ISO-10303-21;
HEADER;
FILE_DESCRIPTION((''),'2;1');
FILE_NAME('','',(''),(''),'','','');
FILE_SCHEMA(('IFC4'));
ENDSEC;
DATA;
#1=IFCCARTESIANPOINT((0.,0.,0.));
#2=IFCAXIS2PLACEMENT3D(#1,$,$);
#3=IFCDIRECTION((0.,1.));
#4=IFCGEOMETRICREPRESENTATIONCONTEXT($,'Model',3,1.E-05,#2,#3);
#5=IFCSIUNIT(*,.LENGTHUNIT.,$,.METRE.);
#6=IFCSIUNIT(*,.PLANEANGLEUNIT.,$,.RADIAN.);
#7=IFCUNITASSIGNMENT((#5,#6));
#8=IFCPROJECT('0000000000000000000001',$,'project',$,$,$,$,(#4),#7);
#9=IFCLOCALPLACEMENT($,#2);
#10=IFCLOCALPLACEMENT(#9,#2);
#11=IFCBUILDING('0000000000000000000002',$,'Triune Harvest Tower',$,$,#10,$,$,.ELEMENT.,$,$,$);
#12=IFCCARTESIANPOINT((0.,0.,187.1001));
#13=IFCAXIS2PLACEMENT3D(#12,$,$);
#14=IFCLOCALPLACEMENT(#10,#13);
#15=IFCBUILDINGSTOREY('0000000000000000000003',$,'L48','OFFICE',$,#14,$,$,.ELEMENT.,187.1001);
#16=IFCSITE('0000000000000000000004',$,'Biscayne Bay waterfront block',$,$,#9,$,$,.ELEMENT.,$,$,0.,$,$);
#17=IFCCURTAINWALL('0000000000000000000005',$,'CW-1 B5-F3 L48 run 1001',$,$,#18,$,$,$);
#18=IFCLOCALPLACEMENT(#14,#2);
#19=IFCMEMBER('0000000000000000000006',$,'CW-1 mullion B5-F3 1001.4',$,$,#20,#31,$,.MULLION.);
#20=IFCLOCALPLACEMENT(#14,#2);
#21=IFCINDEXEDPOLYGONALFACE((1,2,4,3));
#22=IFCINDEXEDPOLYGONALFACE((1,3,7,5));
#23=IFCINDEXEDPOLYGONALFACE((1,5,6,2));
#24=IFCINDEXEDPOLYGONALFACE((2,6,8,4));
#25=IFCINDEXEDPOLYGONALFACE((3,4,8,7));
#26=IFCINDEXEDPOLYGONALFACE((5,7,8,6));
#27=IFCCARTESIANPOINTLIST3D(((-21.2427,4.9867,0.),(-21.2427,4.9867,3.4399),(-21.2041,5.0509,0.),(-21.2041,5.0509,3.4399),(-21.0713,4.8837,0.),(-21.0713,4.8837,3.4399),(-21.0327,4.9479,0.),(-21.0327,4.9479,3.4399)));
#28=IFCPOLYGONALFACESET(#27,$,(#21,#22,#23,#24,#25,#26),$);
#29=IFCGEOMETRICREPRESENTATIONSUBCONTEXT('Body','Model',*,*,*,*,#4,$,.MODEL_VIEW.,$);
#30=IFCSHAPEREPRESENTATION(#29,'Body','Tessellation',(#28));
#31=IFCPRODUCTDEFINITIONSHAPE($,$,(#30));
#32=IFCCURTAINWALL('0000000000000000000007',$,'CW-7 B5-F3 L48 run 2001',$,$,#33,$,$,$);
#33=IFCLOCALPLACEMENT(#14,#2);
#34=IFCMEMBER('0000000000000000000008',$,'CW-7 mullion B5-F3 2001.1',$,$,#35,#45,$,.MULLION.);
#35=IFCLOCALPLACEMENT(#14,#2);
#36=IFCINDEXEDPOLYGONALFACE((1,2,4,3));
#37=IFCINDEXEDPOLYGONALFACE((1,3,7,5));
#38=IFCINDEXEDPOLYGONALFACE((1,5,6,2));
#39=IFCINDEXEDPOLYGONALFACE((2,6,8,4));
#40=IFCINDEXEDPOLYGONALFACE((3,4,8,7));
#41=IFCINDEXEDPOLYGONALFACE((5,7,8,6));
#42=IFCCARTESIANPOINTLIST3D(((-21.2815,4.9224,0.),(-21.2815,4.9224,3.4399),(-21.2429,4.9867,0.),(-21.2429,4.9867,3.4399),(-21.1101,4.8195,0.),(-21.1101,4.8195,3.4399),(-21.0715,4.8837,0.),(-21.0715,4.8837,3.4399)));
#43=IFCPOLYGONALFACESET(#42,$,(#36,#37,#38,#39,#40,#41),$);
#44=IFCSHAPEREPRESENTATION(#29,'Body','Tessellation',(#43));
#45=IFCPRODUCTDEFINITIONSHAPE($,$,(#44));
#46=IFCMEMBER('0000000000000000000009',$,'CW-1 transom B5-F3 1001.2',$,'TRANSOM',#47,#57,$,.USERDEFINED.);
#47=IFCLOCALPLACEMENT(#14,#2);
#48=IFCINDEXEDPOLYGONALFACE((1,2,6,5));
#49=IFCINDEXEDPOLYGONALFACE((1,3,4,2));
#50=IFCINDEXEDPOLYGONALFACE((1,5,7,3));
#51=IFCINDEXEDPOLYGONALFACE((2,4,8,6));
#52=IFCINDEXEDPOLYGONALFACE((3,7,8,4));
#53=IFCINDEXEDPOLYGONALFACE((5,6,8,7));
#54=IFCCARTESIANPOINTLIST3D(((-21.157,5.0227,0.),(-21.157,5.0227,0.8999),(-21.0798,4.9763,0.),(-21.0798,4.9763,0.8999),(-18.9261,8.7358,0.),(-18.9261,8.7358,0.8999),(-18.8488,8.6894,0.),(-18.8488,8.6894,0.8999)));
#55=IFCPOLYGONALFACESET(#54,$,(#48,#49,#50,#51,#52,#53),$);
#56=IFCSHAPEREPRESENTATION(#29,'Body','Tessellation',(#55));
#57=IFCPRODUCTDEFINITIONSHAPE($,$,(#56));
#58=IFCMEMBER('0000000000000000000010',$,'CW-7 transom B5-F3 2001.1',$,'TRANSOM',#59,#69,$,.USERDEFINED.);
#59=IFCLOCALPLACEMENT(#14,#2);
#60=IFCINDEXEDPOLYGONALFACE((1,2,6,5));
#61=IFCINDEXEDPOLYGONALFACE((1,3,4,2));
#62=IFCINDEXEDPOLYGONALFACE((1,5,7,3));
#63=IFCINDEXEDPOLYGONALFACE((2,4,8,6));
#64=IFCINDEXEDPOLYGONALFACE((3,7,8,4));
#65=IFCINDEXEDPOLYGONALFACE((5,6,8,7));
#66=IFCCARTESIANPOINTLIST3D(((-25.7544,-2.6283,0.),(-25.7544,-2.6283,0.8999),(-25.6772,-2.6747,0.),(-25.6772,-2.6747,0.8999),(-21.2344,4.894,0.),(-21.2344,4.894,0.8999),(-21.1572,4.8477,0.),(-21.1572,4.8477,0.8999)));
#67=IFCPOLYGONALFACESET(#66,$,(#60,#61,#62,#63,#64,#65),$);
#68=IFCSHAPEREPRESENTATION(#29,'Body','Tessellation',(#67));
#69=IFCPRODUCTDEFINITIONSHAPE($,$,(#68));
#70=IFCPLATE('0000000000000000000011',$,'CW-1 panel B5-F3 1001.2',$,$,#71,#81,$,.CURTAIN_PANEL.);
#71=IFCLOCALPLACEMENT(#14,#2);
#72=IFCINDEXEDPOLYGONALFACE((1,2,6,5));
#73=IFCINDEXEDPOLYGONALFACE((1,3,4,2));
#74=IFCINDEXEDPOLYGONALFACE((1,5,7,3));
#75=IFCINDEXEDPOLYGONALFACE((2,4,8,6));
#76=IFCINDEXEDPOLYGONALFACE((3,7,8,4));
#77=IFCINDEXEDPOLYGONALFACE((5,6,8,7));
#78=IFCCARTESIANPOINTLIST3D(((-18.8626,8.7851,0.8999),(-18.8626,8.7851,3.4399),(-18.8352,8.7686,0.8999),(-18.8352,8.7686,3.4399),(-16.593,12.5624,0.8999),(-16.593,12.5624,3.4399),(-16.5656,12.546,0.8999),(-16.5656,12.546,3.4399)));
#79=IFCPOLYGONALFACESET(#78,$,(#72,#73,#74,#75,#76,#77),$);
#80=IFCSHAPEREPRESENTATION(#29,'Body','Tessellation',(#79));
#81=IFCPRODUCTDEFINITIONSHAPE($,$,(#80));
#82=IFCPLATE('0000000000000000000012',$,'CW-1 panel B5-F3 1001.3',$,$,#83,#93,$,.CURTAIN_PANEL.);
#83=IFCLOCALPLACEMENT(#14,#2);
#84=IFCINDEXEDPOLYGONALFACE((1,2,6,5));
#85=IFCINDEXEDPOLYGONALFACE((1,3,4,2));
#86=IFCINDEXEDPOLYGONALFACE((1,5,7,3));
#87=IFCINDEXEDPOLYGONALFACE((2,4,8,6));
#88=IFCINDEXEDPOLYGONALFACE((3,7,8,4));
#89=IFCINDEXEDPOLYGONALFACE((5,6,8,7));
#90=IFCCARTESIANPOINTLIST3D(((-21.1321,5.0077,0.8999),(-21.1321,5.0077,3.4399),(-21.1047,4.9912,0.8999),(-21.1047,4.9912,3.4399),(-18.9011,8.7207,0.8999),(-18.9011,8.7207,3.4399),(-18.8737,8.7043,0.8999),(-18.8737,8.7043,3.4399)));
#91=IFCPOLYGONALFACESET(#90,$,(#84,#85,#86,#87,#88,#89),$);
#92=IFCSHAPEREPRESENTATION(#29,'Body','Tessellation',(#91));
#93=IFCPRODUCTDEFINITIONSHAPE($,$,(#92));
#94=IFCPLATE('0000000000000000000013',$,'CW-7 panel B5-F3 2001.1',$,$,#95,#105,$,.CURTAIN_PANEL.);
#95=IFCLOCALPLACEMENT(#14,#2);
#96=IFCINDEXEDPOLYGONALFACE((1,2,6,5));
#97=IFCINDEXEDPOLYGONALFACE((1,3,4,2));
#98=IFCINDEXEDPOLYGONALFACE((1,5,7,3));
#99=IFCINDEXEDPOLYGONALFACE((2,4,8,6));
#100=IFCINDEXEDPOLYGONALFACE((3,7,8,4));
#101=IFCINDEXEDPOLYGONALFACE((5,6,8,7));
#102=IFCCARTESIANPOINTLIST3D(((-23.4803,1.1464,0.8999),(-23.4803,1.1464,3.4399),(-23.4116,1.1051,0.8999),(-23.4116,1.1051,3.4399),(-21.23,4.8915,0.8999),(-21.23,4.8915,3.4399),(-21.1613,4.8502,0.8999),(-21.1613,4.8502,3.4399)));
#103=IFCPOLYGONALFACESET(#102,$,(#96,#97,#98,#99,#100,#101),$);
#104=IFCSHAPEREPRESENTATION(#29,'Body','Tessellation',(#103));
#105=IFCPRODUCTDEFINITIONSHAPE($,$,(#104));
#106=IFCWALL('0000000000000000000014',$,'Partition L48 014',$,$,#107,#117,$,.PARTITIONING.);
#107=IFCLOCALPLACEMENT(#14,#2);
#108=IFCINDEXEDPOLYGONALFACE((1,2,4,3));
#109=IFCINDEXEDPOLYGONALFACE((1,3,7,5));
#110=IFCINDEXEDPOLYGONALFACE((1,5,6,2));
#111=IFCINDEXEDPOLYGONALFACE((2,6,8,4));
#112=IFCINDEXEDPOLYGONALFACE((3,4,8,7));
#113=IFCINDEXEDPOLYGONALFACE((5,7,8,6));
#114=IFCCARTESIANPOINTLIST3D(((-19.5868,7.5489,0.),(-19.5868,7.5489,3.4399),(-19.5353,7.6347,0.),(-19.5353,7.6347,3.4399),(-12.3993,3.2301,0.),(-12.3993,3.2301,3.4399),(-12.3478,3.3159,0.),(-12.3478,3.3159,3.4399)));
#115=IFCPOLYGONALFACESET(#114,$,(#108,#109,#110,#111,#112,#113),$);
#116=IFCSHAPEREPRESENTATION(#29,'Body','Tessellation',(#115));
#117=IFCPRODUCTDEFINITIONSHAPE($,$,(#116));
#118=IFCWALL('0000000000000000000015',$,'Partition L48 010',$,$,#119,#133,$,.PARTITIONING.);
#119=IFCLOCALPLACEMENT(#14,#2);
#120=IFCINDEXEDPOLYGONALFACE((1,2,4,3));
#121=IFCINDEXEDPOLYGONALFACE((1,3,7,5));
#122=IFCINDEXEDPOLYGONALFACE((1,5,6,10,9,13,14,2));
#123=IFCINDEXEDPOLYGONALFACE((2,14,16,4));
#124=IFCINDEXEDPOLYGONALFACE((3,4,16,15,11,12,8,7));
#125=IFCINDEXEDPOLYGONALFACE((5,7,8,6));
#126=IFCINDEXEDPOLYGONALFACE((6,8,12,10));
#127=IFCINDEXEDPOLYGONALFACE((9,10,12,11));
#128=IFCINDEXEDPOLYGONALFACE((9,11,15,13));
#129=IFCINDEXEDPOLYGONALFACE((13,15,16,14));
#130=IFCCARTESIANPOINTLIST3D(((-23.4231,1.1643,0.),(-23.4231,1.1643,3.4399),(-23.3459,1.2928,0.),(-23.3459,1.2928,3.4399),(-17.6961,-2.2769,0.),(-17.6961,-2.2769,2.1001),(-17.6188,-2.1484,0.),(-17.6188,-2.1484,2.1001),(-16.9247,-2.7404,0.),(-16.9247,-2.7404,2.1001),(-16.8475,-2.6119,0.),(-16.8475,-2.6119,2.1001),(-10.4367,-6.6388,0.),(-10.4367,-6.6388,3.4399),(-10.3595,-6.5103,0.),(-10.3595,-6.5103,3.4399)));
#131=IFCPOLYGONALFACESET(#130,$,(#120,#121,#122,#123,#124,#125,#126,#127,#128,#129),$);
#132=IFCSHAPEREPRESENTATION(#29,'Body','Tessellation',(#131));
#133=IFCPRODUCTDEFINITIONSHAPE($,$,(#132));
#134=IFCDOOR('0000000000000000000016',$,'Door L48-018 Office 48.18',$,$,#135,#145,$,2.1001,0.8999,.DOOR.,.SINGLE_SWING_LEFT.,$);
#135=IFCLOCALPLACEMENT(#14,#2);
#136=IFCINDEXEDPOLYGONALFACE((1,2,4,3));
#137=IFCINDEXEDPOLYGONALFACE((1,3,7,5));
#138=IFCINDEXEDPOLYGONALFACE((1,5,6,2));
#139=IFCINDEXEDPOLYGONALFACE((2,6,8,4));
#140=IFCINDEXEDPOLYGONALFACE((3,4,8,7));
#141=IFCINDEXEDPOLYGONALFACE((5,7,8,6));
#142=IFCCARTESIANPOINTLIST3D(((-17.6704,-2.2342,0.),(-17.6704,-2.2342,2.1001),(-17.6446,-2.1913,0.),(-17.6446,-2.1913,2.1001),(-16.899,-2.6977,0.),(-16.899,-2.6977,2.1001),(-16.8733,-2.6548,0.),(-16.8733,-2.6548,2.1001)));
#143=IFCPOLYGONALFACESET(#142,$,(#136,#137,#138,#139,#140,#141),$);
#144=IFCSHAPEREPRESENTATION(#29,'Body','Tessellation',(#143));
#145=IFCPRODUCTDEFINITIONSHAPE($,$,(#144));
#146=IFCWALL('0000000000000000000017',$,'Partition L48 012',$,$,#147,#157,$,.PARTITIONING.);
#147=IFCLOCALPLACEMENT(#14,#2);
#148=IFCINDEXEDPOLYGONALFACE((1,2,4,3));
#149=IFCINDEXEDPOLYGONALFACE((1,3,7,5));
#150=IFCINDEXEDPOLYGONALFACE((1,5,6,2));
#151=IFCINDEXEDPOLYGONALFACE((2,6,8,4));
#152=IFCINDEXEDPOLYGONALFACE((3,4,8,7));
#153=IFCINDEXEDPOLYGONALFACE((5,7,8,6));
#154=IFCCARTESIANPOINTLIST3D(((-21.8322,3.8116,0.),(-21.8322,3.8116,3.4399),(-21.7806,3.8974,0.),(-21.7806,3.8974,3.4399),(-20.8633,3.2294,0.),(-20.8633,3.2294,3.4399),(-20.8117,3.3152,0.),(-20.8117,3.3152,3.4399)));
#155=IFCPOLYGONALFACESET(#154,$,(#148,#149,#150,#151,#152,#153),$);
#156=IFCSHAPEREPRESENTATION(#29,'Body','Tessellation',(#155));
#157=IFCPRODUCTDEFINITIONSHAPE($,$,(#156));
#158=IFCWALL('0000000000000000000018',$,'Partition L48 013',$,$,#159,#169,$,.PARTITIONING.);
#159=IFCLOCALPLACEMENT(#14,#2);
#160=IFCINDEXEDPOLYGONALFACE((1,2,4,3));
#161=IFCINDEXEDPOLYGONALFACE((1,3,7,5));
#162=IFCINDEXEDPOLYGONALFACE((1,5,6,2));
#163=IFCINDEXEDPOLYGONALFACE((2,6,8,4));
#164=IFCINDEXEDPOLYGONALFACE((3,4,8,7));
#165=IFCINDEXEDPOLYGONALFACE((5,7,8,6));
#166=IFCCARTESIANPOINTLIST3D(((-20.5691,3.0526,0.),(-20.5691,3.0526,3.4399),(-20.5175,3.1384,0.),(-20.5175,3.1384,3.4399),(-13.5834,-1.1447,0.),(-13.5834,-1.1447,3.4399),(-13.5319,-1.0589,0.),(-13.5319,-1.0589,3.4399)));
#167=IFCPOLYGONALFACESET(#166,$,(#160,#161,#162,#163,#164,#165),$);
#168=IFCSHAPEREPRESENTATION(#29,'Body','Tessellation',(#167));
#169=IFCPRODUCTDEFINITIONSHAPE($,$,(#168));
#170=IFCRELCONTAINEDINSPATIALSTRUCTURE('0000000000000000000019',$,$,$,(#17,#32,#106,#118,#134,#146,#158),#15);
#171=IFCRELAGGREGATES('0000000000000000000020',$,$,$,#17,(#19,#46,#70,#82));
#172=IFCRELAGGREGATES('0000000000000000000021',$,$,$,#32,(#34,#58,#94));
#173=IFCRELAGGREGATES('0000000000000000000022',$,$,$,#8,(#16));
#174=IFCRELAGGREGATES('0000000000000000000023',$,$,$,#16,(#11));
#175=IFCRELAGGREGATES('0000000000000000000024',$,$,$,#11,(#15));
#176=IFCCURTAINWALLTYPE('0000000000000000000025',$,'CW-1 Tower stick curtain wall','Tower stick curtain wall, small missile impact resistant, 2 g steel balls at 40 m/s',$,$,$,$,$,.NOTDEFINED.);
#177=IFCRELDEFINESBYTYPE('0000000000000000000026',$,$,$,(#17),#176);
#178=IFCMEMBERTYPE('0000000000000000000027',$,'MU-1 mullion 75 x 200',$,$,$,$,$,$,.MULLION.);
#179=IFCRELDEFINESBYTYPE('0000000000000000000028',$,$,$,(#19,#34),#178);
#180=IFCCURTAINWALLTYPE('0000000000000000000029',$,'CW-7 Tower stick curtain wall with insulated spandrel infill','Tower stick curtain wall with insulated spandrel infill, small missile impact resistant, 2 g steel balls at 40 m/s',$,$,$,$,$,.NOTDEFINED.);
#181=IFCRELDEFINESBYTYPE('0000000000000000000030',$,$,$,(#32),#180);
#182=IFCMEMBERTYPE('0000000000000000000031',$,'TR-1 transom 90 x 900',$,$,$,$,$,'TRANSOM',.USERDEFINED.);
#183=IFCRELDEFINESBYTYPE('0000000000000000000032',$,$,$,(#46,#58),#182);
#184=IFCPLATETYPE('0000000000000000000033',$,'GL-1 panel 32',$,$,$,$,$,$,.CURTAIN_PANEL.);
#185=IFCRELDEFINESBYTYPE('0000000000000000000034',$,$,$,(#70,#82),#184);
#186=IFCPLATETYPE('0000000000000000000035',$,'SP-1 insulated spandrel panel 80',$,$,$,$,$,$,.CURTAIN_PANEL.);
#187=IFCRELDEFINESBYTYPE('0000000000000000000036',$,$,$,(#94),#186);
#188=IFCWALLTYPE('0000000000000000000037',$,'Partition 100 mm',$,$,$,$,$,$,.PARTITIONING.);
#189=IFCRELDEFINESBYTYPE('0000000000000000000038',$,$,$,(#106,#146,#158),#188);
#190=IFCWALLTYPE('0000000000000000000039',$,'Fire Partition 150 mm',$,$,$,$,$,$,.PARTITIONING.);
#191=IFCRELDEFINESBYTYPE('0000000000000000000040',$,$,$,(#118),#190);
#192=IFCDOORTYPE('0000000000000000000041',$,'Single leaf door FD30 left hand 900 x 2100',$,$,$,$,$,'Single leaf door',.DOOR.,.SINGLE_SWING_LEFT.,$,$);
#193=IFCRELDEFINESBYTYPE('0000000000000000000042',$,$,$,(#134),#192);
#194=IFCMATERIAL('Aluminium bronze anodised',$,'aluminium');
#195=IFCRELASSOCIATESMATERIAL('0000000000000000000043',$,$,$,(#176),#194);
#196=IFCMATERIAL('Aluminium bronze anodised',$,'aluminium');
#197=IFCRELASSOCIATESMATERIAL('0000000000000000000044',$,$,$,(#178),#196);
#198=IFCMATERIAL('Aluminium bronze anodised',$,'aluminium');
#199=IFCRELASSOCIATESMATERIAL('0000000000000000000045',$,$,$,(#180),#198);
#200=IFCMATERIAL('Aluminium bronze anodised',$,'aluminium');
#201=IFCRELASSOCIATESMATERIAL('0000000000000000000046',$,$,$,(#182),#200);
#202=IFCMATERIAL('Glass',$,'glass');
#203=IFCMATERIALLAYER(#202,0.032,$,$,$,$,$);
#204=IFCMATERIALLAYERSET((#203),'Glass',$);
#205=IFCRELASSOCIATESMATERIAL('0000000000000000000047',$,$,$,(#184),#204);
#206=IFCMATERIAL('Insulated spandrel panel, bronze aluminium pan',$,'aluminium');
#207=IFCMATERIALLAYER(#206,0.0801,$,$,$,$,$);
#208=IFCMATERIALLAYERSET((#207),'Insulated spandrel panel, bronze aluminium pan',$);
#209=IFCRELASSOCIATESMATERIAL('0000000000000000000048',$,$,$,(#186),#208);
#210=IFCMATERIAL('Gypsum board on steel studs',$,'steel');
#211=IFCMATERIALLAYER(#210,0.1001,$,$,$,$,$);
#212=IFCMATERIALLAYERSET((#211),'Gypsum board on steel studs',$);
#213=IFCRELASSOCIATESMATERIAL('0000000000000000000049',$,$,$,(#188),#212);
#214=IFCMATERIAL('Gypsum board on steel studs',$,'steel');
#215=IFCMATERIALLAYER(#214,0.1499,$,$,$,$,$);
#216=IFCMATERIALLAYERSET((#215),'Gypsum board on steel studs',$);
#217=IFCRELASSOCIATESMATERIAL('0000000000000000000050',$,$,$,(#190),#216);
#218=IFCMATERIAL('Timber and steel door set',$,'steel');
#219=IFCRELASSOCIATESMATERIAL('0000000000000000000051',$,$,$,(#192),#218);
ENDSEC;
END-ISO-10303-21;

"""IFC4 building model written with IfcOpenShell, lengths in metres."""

from ifc_helpers import new_model, si_unit, direction, frame, frame_2d, origin, origin_2d, place, context, subcontext, project, spatial, rectangle, extrude, source, transform, mapped, material, layer, layer_set, material_profile, profile_set, type_object, element, fill, aggregate, save


model = new_model("IFC4")

# Units and contexts
model_context = context("Model", 3, precision=1e-05, world=origin(), true_north=direction((0.0, 1.0)))
body_context = subcontext(model_context, "Body", "Model", "MODEL_VIEW")
ifc_project = project(units=[si_unit("LENGTHUNIT", "METRE"), si_unit("PLANEANGLEUNIT", "RADIAN")], contexts=[model_context])

# Site, building, storey
site_placement = place(None, origin())
site = spatial("IfcSite", under=ifc_project, at=site_placement, Name="Biscayne Bay waterfront block", CompositionType="ELEMENT", RefElevation=0.0)
building_placement = place(site_placement, origin())
building = spatial("IfcBuilding", under=site, at=building_placement, Name="Triune Harvest Tower", CompositionType="ELEMENT")
storey_placement = place(building_placement, frame((0.0, 0.0, 187.1001)))
storey = spatial("IfcBuildingStorey", under=building, at=storey_placement, Name="L48", Description="OFFICE", CompositionType="ELEMENT", Elevation=187.1001)

# Curtain wall, member
ifc_material_1 = material(Name="Aluminium bronze anodised", Category="aluminium")
curtain_wall_type_1 = type_object("IfcCurtainWallType", Name="CW-1 Tower stick curtain wall", Description="Tower stick curtain wall, small missile impact resistant, 2 g steel balls at 40 m/s", PredefinedType="NOTDEFINED", material=ifc_material_1)
curtain_wall_1_placement = place(storey_placement, origin())
curtain_wall_1 = element("IfcCurtainWall", 1, at=curtain_wall_1_placement, inside=storey, type_object=curtain_wall_type_1, Name="CW-1 B5-F3 L48 run 1001")
ifc_material_2 = material(Name="Aluminium bronze anodised", Category="aluminium")
ifc_material_profile_1 = material_profile(ifc_material_2, rectangle(XDim=0.2, YDim=0.075, at=origin_2d()), Name="MU-1 mullion 75 x 200")
ifc_profile_set_1 = profile_set([ifc_material_profile_1], Name="Aluminium bronze anodised")
member_type_1 = type_object("IfcMemberType", Name="MU-1 mullion 75 x 200", PredefinedType="MULLION", material=ifc_profile_set_1)
shared_shape_1 = source(origin(), body_context, "Body", "SweptSolid", [
    extrude(rectangle(XDim=0.2, YDim=0.075, at=origin_2d()), origin(), (0.0, 0.0, 1.0), 3.4399),
])
member_1_placement = place(storey_placement, frame((-21.1377, 4.9673, 0.0), z_axis=(0.0, 0.0, 1.0), x_axis=(0.857172, -0.515031, 0.0)))
member_1 = element("IfcMember", 2, at=member_1_placement, type_object=member_type_1, Name="CW-1 mullion B5-F3 1001.4", PredefinedType="MULLION", context=body_context, shape_type="MappedRepresentation", body=[
    mapped(shared_shape_1, transform((0.0, 0.0, 0.0), scale=1.0)),
])

# Curtain wall, member
ifc_material_3 = material(Name="Aluminium bronze anodised", Category="aluminium")
curtain_wall_type_2 = type_object("IfcCurtainWallType", Name="CW-7 Tower stick curtain wall with insulated spandrel infill", Description="Tower stick curtain wall with insulated spandrel infill, small missile impact resistant, 2 g steel balls at 40 m/s", PredefinedType="NOTDEFINED", material=ifc_material_3)
curtain_wall_2_placement = place(storey_placement, origin())
curtain_wall_2 = element("IfcCurtainWall", 3, at=curtain_wall_2_placement, inside=storey, type_object=curtain_wall_type_2, Name="CW-7 B5-F3 L48 run 2001")
member_2_placement = place(storey_placement, frame((-21.1765, 4.9031, 0.0), z_axis=(0.0, 0.0, 1.0), x_axis=(0.857167, -0.515039, 0.0)))
member_2 = element("IfcMember", 4, at=member_2_placement, type_object=member_type_1, Name="CW-7 mullion B5-F3 2001.1", PredefinedType="MULLION", context=body_context, shape_type="MappedRepresentation", body=[
    mapped(shared_shape_1, transform((0.0, 0.0, 0.0), scale=1.0)),
])

# Members
ifc_material_4 = material(Name="Aluminium bronze anodised", Category="aluminium")
ifc_material_profile_2 = material_profile(ifc_material_4, rectangle(XDim=0.0901, YDim=0.8999, at=origin_2d()), Name="TR-1 transom 90 x 900")
ifc_profile_set_2 = profile_set([ifc_material_profile_2], Name="Aluminium bronze anodised")
member_type_2 = type_object("IfcMemberType", Name="TR-1 transom 90 x 900", ElementType="TRANSOM", PredefinedType="USERDEFINED", material=ifc_profile_set_2)
shared_shape_2 = source(origin(), body_context, "Body", "SweptSolid", [
    extrude(rectangle(XDim=0.0901, YDim=0.8999, at=origin_2d()), origin(), (0.0, 0.0, 1.0), 4.3318),
])
member_3_placement = place(storey_placement, frame((-18.8875, 8.7126, 0.45), z_axis=(-0.515018, -0.857179, 0.0), x_axis=(0.857179, -0.515018, 0.0)))
member_3 = element("IfcMember", 5, at=member_3_placement, type_object=member_type_2, Name="CW-1 transom B5-F3 1001.2", ObjectType="TRANSOM", PredefinedType="USERDEFINED", context=body_context, shape_type="MappedRepresentation", body=[
    mapped(shared_shape_2, transform((0.0, 0.0, 0.0), scale=1.0)),
])
shared_shape_3 = source(origin(), body_context, "Body", "SweptSolid", [
    extrude(rectangle(XDim=0.0901, YDim=0.8999, at=origin_2d()), origin(), (0.0, 0.0, 1.0), 8.7759),
])
member_4_placement = place(storey_placement, frame((-21.1958, 4.8708, 0.45), z_axis=(-0.515044, -0.857164, 0.0), x_axis=(0.857164, -0.515044, 0.0)))
member_4 = element("IfcMember", 6, at=member_4_placement, type_object=member_type_2, Name="CW-7 transom B5-F3 2001.1", ObjectType="TRANSOM", PredefinedType="USERDEFINED", context=body_context, shape_type="MappedRepresentation", body=[
    mapped(shared_shape_3, transform((0.0, 0.0, 0.0), scale=1.0)),
])

# Plates
ifc_material_5 = material(Name="Glass", Category="glass")
ifc_layer_1 = layer(ifc_material_5, 0.032)
ifc_layer_set_1 = layer_set([ifc_layer_1], Name="Glass")
plate_type_1 = type_object("IfcPlateType", Name="GL-1 panel 32", PredefinedType="CURTAIN_PANEL", material=ifc_layer_set_1)
shared_shape_4 = source(origin(), body_context, "Body", "SweptSolid", [
    extrude(rectangle(XDim=4.4067, YDim=0.032, at=origin_2d()), origin(), (0.0, 0.0, 1.0), 2.54),
])
plate_1_placement = place(storey_placement, frame((-17.7141, 10.6655, 0.8999), z_axis=(0.0, 0.0, 1.0), x_axis=(-0.515031, -0.857172, 0.0)))
plate_1 = element("IfcPlate", 7, at=plate_1_placement, type_object=plate_type_1, Name="CW-1 panel B5-F3 1001.2", PredefinedType="CURTAIN_PANEL", context=body_context, shape_type="MappedRepresentation", body=[
    mapped(shared_shape_4, transform((0.0, 0.0, 0.0), scale=1.0)),
])
shared_shape_5 = source(origin(), body_context, "Body", "SweptSolid", [
    extrude(rectangle(XDim=4.3318, YDim=0.032, at=origin_2d()), origin(), (0.0, 0.0, 1.0), 2.54),
])
plate_2_placement = place(storey_placement, frame((-20.0029, 6.856, 0.8999), z_axis=(0.0, 0.0, 1.0), x_axis=(-0.515031, -0.857172, 0.0)))
plate_2 = element("IfcPlate", 8, at=plate_2_placement, type_object=plate_type_1, Name="CW-1 panel B5-F3 1001.3", PredefinedType="CURTAIN_PANEL", context=body_context, shape_type="MappedRepresentation", body=[
    mapped(shared_shape_5, transform((0.0, 0.0, 0.0), scale=1.0)),
])
aggregate(curtain_wall_1, [member_1, member_3, plate_1, plate_2])
ifc_material_6 = material(Name="Insulated spandrel panel, bronze aluminium pan", Category="aluminium")
ifc_layer_2 = layer(ifc_material_6, 0.0801)
ifc_layer_set_2 = layer_set([ifc_layer_2], Name="Insulated spandrel panel, bronze aluminium pan")
plate_type_2 = type_object("IfcPlateType", Name="SP-1 insulated spandrel panel 80", PredefinedType="CURTAIN_PANEL", material=ifc_layer_set_2)
shared_shape_6 = source(origin(), body_context, "Body", "SweptSolid", [
    extrude(rectangle(XDim=4.3691, YDim=0.0801, at=origin_2d()), origin(), (0.0, 0.0, 1.0), 2.54),
])
plate_3_placement = place(storey_placement, frame((-22.3208, 2.9983, 0.8999), z_axis=(0.0, 0.0, 1.0), x_axis=(-0.515039, -0.857167, 0.0)))
plate_3 = element("IfcPlate", 9, at=plate_3_placement, type_object=plate_type_2, Name="CW-7 panel B5-F3 2001.1", PredefinedType="CURTAIN_PANEL", context=body_context, shape_type="MappedRepresentation", body=[
    mapped(shared_shape_6, transform((0.0, 0.0, 0.0), scale=1.0)),
])
aggregate(curtain_wall_2, [member_2, member_4, plate_3])

# Wall
ifc_material_7 = material(Name="Gypsum board on steel studs", Category="steel")
ifc_layer_3 = layer(ifc_material_7, 0.1001)
ifc_layer_set_3 = layer_set([ifc_layer_3], Name="Gypsum board on steel studs")
wall_type_1 = type_object("IfcWallType", Name="Partition 100 mm", PredefinedType="PARTITIONING", material=ifc_layer_set_3)
wall_1_placement = place(storey_placement, frame((-19.561, 7.5918, 0.0), z_axis=(0.0, 0.0, 1.0), x_axis=(0.857159, -0.515052, 0.0)))
element("IfcWall", 10, at=wall_1_placement, inside=storey, type_object=wall_type_1, Name="Partition L48 014", PredefinedType="PARTITIONING", context=body_context, shape_type="SweptSolid", body=[
    extrude(rectangle(XDim=8.3853, YDim=0.1001, at=frame_2d((4.1926, 0.0))), origin(), (0.0, 0.0, 1.0), 3.4399),
])

# Wall, opening, door
ifc_material_8 = material(Name="Gypsum board on steel studs", Category="steel")
ifc_layer_4 = layer(ifc_material_8, 0.1499)
ifc_layer_set_4 = layer_set([ifc_layer_4], Name="Gypsum board on steel studs")
wall_type_2 = type_object("IfcWallType", Name="Fire Partition 150 mm", PredefinedType="PARTITIONING", material=ifc_layer_set_4)
shared_shape_7 = source(origin(), body_context, "Body", "SweptSolid", [
    extrude(rectangle(XDim=15.1504, YDim=0.1499, at=frame_2d((7.5752, 0.0))), origin(), (0.0, 0.0, 1.0), 3.4399),
])
wall_2_placement = place(storey_placement, frame((-23.3845, 1.2285, 0.0), z_axis=(0.0, 0.0, 1.0), x_axis=(0.857167, -0.515038, 0.0)))
wall_2 = element("IfcWall", 11, at=wall_2_placement, inside=storey, type_object=wall_type_2, Name="Partition L48 010", PredefinedType="PARTITIONING", context=body_context, shape_type="MappedRepresentation", body=[
    mapped(shared_shape_7, transform((0.0, 0.0, 0.0), scale=1.0)),
])
opening_placement = place(wall_2_placement, frame((6.6814, 0.0, 0.0)))
opening = element("IfcOpeningElement", 12, at=opening_placement, cuts=wall_2, PredefinedType="OPENING", context=body_context, shape_type="SweptSolid", body=[
    extrude(rectangle(XDim=0.8999, YDim=2.1001, at=frame_2d((0.45, 1.05))), frame((0.0, 0.085, 0.0), z_axis=(0.0, -1.0, 0.0), x_axis=(1.0, 0.0, 0.0)), (0.0, 0.0, 1.0), 0.1699),
])
ifc_material_9 = material(Name="Timber and steel door set", Category="steel")
door_type = type_object("IfcDoorType", Name="Single leaf door FD30 left hand 900 x 2100", ElementType="Single leaf door", OperationType="SINGLE_SWING_LEFT", PredefinedType="DOOR", material=ifc_material_9)
door_placement = place(opening_placement, origin())
door = element("IfcDoor", 13, at=door_placement, inside=storey, type_object=door_type, Name="Door L48-018 Office 48.18", OperationType="SINGLE_SWING_LEFT", OverallHeight=2.1001, OverallWidth=0.8999, PredefinedType="DOOR", context=body_context, shape_type="SweptSolid", body=[
    extrude(rectangle(XDim=0.8999, YDim=2.1001, at=frame_2d((0.45, 1.05))), frame((0.0, 0.0249, 0.0), z_axis=(0.0, -1.0, 0.0), x_axis=(1.0, 0.0, 0.0)), (0.0, 0.0, 1.0), 0.05),
])
fill(opening, door)

# Walls
shared_shape_8 = source(origin(), body_context, "Body", "SweptSolid", [
    extrude(rectangle(XDim=1.1304, YDim=0.1001, at=frame_2d((0.5652, 0.0))), origin(), (0.0, 0.0, 1.0), 3.4399),
])
wall_3_placement = place(storey_placement, frame((-21.8064, 3.8545, 0.0), z_axis=(0.0, 0.0, 1.0), x_axis=(0.85715, -0.515067, 0.0)))
element("IfcWall", 14, at=wall_3_placement, inside=storey, type_object=wall_type_1, Name="Partition L48 012", PredefinedType="PARTITIONING", context=body_context, shape_type="MappedRepresentation", body=[
    mapped(shared_shape_8, transform((0.0, 0.0, 0.0), scale=1.0)),
])
shared_shape_9 = source(origin(), body_context, "Body", "SweptSolid", [
    extrude(rectangle(XDim=8.1497, YDim=0.1001, at=frame_2d((4.0747, 0.0))), origin(), (0.0, 0.0, 1.0), 3.4399),
])
wall_4_placement = place(storey_placement, frame((-20.5432, 3.0955, 0.0), z_axis=(0.0, 0.0, 1.0), x_axis=(0.857173, -0.515029, 0.0)))
element("IfcWall", 15, at=wall_4_placement, inside=storey, type_object=wall_type_1, Name="Partition L48 013", PredefinedType="PARTITIONING", context=body_context, shape_type="MappedRepresentation", body=[
    mapped(shared_shape_9, transform((0.0, 0.0, 0.0), scale=1.0)),
])

save(model, "model.ifc")
